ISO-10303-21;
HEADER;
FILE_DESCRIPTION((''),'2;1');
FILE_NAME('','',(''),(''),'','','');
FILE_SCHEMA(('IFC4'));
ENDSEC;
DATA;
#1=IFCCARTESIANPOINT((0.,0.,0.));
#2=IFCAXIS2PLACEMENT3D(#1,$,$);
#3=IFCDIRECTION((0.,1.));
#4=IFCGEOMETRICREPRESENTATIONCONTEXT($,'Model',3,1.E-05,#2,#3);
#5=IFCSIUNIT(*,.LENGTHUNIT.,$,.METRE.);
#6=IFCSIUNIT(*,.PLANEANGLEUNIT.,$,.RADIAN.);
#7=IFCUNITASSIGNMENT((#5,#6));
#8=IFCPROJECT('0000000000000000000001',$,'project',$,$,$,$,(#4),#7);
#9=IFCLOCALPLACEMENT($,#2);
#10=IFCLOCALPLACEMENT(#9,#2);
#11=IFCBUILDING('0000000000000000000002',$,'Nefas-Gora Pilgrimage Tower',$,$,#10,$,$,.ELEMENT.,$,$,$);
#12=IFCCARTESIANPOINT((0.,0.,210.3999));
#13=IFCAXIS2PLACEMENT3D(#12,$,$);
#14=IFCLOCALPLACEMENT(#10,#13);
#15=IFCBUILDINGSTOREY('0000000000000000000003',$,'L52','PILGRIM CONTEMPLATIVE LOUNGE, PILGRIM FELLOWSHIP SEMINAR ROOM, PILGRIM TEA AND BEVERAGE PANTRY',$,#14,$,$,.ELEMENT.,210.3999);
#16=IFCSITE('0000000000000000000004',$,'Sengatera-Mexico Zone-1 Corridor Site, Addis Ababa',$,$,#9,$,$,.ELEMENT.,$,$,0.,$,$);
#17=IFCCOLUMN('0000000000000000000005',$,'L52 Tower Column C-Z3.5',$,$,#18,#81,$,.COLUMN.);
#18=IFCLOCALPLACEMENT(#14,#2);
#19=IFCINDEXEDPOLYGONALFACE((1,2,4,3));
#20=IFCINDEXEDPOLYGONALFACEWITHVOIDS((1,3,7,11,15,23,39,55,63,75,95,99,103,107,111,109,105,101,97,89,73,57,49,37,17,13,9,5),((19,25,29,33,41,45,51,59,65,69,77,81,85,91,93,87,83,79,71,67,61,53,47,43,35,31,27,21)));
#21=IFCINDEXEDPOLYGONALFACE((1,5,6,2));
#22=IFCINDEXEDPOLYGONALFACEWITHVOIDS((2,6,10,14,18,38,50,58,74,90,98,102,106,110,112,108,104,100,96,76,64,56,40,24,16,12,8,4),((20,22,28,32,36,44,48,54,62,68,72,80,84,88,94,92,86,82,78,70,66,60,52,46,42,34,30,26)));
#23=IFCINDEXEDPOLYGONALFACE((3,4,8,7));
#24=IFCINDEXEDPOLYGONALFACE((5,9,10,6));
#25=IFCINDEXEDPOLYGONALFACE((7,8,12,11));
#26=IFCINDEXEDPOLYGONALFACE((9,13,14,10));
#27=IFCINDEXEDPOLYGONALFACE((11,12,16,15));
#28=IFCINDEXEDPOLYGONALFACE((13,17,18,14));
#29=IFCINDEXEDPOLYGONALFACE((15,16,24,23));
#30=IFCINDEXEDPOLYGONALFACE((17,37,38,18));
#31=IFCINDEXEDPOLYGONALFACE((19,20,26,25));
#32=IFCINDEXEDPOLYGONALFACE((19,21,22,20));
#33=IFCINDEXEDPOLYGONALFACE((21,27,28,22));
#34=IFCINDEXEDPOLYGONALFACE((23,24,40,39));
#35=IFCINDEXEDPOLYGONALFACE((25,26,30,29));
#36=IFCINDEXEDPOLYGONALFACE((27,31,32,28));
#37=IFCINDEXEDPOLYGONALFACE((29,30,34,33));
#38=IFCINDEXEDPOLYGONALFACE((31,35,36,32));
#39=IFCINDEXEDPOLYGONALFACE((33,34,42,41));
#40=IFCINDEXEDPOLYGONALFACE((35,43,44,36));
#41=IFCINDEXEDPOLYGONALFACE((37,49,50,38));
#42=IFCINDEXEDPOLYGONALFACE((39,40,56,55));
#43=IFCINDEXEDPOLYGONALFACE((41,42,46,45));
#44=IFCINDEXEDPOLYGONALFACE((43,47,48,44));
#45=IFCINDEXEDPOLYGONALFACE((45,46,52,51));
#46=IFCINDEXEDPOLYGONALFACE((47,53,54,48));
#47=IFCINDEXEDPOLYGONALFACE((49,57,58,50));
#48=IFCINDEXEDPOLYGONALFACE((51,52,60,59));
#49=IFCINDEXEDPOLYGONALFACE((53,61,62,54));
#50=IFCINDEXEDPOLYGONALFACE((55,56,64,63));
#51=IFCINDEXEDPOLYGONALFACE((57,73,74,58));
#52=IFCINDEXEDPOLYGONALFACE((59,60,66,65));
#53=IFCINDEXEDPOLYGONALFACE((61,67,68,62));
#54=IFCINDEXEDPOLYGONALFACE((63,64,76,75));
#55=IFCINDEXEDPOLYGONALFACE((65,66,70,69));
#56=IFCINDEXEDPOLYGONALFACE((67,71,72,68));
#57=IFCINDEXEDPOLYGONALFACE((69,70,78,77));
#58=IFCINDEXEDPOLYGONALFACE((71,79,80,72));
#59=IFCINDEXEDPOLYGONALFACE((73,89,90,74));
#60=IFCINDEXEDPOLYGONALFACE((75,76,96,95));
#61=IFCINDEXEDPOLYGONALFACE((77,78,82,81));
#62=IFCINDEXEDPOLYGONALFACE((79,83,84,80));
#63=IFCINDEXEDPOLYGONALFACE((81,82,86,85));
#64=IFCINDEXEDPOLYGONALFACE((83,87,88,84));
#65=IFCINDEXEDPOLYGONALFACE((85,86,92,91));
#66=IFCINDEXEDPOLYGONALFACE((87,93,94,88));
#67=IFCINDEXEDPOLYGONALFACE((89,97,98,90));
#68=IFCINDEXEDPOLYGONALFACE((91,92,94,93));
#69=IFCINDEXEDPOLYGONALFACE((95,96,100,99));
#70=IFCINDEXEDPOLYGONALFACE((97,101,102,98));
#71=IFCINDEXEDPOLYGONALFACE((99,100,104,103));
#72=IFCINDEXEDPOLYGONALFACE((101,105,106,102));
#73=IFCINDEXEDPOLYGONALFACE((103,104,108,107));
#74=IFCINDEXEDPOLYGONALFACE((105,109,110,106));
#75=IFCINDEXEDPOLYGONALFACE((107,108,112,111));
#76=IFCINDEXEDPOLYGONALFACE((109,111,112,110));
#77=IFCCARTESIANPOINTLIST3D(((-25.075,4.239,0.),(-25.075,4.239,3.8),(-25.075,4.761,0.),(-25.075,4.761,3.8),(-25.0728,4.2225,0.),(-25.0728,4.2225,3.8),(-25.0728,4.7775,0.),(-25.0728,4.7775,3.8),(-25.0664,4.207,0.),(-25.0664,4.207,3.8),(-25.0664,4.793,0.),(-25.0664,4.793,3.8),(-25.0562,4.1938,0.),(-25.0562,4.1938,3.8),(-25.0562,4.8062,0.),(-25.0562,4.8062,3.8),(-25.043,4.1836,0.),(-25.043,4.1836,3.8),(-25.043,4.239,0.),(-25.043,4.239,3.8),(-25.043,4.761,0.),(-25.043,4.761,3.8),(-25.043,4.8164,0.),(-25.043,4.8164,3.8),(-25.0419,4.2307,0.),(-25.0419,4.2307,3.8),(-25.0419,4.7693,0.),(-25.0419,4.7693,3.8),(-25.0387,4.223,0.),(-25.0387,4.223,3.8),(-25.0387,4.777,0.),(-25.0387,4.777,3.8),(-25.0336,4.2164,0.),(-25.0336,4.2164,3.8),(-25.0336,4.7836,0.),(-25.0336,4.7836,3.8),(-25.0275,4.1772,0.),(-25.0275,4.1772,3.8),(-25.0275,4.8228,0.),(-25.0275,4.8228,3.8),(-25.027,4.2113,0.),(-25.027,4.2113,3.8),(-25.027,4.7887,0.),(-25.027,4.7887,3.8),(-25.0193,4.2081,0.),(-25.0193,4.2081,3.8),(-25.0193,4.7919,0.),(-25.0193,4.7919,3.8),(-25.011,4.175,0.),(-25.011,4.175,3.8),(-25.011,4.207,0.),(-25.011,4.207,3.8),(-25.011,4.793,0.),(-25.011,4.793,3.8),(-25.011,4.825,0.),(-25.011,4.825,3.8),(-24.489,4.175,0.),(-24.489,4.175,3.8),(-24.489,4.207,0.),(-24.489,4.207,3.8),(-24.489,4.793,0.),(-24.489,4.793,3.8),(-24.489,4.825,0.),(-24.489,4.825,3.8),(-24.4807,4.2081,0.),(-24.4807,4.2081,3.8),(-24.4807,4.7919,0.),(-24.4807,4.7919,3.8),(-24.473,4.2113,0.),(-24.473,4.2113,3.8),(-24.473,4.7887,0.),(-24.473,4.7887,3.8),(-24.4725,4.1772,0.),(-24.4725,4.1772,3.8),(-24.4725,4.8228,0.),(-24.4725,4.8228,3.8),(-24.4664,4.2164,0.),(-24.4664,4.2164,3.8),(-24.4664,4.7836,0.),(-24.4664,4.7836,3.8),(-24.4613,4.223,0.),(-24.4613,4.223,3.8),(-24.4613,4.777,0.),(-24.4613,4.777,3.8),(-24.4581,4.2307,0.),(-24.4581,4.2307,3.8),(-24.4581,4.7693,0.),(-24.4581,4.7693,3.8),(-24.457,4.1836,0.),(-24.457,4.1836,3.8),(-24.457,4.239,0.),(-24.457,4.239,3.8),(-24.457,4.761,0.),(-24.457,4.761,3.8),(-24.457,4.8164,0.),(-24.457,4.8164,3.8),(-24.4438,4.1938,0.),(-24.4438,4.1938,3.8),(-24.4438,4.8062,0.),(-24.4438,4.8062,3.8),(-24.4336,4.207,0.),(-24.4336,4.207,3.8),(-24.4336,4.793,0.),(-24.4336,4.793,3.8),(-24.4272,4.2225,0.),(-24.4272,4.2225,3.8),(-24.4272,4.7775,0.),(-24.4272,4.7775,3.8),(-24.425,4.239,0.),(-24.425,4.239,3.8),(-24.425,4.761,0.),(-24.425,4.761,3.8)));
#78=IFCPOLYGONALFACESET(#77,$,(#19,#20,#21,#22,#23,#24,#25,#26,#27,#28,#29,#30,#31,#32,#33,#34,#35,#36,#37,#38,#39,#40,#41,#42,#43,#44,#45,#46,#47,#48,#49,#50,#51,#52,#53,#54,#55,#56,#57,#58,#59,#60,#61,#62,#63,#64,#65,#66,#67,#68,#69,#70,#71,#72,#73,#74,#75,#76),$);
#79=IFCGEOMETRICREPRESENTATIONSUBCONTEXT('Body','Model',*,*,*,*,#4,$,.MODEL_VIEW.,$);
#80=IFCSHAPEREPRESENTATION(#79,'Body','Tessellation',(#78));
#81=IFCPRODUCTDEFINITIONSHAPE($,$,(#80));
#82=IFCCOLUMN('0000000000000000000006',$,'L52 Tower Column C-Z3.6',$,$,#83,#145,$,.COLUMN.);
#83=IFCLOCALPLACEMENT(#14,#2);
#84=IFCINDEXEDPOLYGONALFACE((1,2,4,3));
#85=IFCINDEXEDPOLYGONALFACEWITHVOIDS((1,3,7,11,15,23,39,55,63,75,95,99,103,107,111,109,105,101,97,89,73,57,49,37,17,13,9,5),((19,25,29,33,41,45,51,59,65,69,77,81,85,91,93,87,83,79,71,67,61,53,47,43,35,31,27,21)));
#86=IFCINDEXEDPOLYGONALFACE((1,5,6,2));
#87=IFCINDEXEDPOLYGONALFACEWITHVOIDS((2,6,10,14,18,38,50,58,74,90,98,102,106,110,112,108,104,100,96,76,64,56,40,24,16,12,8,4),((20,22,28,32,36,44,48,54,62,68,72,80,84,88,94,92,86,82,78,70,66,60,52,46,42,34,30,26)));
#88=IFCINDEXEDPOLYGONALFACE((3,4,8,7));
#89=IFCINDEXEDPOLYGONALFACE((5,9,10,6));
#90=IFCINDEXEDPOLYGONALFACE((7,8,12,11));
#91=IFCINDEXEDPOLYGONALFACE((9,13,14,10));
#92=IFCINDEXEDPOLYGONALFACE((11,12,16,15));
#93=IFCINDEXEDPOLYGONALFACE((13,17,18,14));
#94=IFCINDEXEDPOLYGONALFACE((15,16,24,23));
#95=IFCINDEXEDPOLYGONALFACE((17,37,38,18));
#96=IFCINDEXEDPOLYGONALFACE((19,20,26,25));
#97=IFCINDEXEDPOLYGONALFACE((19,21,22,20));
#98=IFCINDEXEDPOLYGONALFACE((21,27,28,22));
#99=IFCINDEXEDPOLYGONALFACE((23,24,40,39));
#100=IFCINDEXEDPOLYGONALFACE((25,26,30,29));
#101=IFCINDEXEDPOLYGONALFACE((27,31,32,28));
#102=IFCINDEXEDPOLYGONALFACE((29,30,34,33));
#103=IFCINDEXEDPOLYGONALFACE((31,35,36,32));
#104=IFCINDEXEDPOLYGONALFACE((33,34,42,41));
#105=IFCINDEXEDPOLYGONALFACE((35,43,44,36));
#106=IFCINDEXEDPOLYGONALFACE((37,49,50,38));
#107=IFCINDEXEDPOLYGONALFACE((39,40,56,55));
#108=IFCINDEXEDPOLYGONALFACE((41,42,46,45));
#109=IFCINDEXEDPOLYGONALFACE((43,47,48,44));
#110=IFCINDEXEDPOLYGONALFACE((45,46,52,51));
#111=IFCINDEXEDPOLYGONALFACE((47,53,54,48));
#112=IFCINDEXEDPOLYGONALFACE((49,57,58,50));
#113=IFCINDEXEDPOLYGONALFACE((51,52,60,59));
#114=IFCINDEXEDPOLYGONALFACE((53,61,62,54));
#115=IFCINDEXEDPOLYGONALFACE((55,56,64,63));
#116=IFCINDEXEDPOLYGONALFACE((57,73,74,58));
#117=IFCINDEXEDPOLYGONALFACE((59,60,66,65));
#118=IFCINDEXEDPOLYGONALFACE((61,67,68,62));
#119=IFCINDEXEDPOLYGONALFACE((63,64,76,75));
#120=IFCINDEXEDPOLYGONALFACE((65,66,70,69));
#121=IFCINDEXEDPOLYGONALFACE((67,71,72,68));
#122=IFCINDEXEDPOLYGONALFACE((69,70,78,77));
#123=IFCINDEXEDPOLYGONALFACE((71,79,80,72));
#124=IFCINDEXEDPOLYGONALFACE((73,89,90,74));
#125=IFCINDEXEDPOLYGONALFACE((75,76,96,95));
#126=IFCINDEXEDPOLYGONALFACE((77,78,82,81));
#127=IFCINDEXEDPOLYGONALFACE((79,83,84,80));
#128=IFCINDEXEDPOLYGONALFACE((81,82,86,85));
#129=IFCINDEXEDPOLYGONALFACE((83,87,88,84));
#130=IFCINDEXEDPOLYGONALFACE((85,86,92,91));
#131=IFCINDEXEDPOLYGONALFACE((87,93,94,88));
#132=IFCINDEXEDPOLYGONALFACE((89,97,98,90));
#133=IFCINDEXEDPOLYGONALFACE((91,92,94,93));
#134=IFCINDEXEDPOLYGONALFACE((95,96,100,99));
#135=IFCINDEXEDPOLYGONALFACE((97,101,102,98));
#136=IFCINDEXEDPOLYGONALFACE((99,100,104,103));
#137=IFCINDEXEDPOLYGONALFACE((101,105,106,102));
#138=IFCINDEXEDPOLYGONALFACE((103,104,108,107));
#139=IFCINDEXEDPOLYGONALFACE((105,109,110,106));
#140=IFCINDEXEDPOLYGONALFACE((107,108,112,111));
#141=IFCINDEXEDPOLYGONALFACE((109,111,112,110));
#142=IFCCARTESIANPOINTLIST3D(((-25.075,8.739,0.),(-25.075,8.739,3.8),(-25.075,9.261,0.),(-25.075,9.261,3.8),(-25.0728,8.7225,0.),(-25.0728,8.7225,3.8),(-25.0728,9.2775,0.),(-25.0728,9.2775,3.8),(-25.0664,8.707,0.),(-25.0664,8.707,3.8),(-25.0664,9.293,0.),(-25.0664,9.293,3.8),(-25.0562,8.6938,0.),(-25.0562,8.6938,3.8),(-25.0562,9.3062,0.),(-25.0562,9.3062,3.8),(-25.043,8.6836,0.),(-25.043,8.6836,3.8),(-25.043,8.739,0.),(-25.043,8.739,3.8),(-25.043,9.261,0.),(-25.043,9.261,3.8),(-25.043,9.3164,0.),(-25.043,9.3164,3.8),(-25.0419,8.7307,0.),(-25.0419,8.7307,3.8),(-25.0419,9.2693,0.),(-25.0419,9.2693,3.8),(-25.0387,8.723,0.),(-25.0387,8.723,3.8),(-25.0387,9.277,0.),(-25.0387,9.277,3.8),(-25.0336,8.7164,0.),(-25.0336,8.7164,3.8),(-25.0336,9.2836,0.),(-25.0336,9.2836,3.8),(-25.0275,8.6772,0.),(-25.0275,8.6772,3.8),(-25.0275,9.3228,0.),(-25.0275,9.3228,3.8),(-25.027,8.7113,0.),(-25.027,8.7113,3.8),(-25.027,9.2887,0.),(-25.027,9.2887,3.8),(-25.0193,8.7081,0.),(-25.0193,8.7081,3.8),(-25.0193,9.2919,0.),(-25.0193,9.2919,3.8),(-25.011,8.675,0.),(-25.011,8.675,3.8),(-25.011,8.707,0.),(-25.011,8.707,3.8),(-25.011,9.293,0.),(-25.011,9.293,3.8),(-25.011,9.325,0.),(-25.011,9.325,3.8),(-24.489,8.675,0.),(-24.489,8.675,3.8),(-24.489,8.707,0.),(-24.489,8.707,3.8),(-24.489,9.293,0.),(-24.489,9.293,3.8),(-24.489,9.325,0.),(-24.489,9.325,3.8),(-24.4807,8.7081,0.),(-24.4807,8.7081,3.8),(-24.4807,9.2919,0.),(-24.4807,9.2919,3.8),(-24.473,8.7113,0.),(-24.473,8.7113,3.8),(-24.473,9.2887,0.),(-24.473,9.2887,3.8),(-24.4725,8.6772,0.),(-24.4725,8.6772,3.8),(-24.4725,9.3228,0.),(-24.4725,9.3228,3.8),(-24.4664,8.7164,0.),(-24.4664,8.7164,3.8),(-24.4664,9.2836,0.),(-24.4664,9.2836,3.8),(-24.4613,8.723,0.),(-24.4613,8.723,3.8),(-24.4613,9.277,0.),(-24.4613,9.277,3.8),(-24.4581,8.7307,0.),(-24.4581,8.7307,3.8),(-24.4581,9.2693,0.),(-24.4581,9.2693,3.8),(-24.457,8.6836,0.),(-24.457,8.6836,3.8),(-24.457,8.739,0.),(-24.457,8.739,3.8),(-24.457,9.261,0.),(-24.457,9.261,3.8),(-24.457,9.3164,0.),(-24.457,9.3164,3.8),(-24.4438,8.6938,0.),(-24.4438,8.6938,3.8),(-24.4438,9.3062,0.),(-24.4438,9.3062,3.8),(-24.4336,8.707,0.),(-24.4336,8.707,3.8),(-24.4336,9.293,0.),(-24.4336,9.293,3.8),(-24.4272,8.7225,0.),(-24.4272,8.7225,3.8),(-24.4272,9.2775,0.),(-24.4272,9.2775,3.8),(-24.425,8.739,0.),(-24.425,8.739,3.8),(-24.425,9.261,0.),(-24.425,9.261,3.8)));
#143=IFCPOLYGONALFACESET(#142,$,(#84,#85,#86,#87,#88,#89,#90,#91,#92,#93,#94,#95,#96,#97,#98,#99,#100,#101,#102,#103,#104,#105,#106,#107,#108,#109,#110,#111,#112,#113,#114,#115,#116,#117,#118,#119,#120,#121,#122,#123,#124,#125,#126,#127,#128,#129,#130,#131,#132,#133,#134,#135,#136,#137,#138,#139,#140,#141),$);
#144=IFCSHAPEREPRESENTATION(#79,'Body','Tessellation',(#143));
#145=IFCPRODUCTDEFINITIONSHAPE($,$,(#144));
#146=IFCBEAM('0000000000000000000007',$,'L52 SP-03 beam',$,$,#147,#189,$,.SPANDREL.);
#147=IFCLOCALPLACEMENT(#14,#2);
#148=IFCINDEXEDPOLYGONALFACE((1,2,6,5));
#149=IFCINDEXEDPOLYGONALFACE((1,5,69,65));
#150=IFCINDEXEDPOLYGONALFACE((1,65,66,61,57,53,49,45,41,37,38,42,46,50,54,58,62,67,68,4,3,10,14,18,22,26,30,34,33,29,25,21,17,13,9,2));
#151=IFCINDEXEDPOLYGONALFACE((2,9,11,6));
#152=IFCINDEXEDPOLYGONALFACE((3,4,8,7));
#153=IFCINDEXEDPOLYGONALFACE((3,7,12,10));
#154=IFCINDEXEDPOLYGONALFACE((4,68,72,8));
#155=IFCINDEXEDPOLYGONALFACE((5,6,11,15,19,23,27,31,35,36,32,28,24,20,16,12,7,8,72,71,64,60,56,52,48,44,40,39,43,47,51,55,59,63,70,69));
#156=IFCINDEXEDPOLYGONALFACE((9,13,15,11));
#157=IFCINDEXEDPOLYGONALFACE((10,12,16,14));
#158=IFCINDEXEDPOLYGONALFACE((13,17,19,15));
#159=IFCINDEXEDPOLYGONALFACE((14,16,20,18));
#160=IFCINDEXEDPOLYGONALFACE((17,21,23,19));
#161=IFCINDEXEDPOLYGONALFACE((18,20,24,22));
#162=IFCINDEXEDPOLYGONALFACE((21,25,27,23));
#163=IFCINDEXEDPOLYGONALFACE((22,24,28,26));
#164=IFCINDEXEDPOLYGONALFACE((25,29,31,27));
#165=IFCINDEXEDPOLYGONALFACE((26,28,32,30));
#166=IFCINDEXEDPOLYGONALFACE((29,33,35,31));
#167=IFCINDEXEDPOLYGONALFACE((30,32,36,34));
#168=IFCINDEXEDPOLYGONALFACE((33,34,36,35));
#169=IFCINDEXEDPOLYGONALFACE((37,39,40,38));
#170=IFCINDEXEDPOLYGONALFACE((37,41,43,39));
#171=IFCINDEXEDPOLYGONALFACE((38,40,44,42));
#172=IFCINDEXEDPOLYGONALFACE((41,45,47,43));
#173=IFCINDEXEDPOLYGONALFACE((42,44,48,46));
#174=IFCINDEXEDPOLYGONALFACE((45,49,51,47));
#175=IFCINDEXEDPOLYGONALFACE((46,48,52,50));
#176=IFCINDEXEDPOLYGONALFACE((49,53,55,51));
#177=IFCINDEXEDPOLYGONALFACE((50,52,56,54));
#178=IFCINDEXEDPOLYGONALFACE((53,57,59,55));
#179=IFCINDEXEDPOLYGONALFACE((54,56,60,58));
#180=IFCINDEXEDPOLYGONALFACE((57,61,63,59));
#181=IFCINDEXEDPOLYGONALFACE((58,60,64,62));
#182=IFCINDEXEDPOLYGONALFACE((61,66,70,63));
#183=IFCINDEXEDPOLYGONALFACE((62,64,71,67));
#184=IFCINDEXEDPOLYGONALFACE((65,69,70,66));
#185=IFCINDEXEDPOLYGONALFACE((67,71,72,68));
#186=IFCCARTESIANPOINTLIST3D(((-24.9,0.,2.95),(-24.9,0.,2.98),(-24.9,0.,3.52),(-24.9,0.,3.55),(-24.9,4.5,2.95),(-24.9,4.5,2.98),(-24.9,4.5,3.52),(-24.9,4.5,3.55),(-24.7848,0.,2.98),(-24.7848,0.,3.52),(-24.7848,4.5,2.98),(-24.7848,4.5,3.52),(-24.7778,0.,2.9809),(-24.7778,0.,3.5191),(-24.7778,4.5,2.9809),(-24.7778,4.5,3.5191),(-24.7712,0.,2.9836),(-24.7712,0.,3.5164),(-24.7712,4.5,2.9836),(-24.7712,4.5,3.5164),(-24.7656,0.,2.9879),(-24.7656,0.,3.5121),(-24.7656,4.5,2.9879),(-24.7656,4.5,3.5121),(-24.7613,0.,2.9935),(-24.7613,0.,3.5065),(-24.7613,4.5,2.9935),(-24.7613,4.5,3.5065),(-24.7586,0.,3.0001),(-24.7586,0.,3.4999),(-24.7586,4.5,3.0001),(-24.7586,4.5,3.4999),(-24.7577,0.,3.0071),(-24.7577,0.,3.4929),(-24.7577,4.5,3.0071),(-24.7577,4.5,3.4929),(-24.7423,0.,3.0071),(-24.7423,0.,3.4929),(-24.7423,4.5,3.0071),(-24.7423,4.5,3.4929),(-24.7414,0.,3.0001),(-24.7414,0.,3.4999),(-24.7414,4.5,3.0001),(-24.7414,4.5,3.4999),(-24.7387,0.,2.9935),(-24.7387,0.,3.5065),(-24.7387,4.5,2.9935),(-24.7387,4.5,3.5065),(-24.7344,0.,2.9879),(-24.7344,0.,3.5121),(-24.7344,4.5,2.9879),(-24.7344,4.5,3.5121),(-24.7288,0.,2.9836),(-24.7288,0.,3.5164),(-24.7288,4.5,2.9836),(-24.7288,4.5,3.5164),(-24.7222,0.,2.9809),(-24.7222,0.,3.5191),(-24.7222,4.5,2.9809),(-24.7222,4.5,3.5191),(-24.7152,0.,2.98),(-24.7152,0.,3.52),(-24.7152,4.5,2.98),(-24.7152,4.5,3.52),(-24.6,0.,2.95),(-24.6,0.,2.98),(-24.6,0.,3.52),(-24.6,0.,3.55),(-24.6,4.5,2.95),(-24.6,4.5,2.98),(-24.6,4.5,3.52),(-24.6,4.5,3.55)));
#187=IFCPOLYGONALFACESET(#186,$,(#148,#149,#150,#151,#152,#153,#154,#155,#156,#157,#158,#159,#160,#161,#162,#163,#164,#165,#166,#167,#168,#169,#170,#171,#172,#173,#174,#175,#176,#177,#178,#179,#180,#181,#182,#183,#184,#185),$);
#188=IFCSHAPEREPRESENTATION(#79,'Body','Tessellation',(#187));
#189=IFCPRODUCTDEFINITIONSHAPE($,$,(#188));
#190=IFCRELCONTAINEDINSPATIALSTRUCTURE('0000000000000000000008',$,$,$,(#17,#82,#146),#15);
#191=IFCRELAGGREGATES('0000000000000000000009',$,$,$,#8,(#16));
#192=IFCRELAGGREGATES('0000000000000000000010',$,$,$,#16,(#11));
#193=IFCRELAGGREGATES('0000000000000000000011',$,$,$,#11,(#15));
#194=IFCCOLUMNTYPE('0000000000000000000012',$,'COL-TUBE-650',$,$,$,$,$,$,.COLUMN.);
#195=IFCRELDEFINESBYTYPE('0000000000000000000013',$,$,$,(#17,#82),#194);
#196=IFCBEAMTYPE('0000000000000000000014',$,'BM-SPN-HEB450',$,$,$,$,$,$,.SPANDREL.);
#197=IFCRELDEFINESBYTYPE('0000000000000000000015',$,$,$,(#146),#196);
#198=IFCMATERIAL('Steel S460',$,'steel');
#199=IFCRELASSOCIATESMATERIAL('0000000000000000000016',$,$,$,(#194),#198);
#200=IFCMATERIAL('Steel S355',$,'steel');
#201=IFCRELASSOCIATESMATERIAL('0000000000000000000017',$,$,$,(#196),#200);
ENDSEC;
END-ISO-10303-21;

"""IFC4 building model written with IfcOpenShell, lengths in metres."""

from ifc_helpers import new_model, si_unit, direction, frame, origin, origin_2d, place, context, subcontext, project, spatial, hollow_rectangle, i_section, extrude, source, transform, mapped, material, material_profile, profile_set, type_object, element, save


model = new_model("IFC4")

# Units and contexts
model_context = context("Model", 3, precision=1e-05, world=origin(), true_north=direction((0.0, 1.0)))
body_context = subcontext(model_context, "Body", "Model", "MODEL_VIEW")
ifc_project = project(units=[si_unit("LENGTHUNIT", "METRE"), si_unit("PLANEANGLEUNIT", "RADIAN")], contexts=[model_context])

# Site, building, storey
site_placement = place(None, origin())
site = spatial("IfcSite", under=ifc_project, at=site_placement, Name="Sengatera-Mexico Zone-1 Corridor Site, Addis Ababa", CompositionType="ELEMENT", RefElevation=0.0)
building_placement = place(site_placement, origin())
building = spatial("IfcBuilding", under=site, at=building_placement, Name="Nefas-Gora Pilgrimage Tower", CompositionType="ELEMENT")
storey_placement = place(building_placement, frame((0.0, 0.0, 210.3999)))
storey = spatial("IfcBuildingStorey", under=building, at=storey_placement, Name="L52", Description="PILGRIM CONTEMPLATIVE LOUNGE, PILGRIM FELLOWSHIP SEMINAR ROOM, PILGRIM TEA AND BEVERAGE PANTRY", CompositionType="ELEMENT", Elevation=210.3999)

# Columns
ifc_material_1 = material(Name="Steel S460", Category="steel")
ifc_material_profile_1 = material_profile(ifc_material_1, hollow_rectangle(XDim=0.6499, YDim=0.6499, WallThickness=0.032, InnerFilletRadius=0.032, OuterFilletRadius=0.064, at=origin_2d()), Name="BOX 650x650x32")
ifc_profile_set_1 = profile_set([ifc_material_profile_1], Name="Steel S460")
column_type_1 = type_object("IfcColumnType", Name="COL-TUBE-650", PredefinedType="COLUMN", material=ifc_profile_set_1)
shared_shape_1 = source(origin(), body_context, "Body", "SweptSolid", [
    extrude(hollow_rectangle(XDim=0.6499, YDim=0.6499, WallThickness=0.032, InnerFilletRadius=0.032, OuterFilletRadius=0.064, at=origin_2d()), origin(), (0.0, 0.0, 1.0), 3.8),
])
for number, where, z_axis, x_axis, name in (
    (1, (-24.75, 4.5, 0.0), (0.0, 0.0, 1.0), (1.0, 0.0, 0.0), "L52 Tower Column C-Z3.5"),
    (2, (-24.75, 9.0, 0.0), (0.0, 0.0, 1.0), (1.0, 0.0, 0.0), "L52 Tower Column C-Z3.6"),
):
    element("IfcColumn", number, at=place(storey_placement, frame(where, z_axis=z_axis, x_axis=x_axis)), inside=storey, type_object=column_type_1, Name=name, PredefinedType="COLUMN", context=body_context, shape_type="MappedRepresentation", body=[
        mapped(shared_shape_1, transform((0.0, 0.0, 0.0), x_axis=(1.0, 0.0, 0.0), y_axis=(0.0, 1.0, 0.0), z_axis=(0.0, 0.0, 1.0), scale=1.0)),
    ])

# Beam
ifc_material_2 = material(Name="Steel S355", Category="steel")
ifc_material_profile_2 = material_profile(ifc_material_2, i_section(OverallWidth=0.3, OverallDepth=0.6001, WebThickness=0.0154, FlangeThickness=0.03, FilletRadius=0.0271, at=origin_2d()), Name="HEB 600")
ifc_profile_set_2 = profile_set([ifc_material_profile_2], Name="Steel S355")
beam_type_1 = type_object("IfcBeamType", Name="BM-SPN-HEB450", PredefinedType="SPANDREL", material=ifc_profile_set_2)
shared_shape_2 = source(origin(), body_context, "Body", "SweptSolid", [
    extrude(i_section(OverallWidth=0.3, OverallDepth=0.6001, WebThickness=0.0154, FlangeThickness=0.03, FilletRadius=0.0271, at=origin_2d()), origin(), (0.0, 0.0, 1.0), 4.5),
])
for number, where, z_axis, x_axis, name in (
    (3, (-24.75, 0.0, 3.25), (0.0, 1.0, 0.0), (-1.0, 0.0, 0.0), "L52 SP-03 beam"),
):
    element("IfcBeam", number, at=place(storey_placement, frame(where, z_axis=z_axis, x_axis=x_axis)), inside=storey, type_object=beam_type_1, Name=name, PredefinedType="SPANDREL", context=body_context, shape_type="MappedRepresentation", body=[
        mapped(shared_shape_2, transform((0.0, 0.0, 0.0), x_axis=(1.0, 0.0, 0.0), y_axis=(0.0, 1.0, 0.0), z_axis=(0.0, 0.0, 1.0), scale=1.0)),
    ])

save(model, "model.ifc")
